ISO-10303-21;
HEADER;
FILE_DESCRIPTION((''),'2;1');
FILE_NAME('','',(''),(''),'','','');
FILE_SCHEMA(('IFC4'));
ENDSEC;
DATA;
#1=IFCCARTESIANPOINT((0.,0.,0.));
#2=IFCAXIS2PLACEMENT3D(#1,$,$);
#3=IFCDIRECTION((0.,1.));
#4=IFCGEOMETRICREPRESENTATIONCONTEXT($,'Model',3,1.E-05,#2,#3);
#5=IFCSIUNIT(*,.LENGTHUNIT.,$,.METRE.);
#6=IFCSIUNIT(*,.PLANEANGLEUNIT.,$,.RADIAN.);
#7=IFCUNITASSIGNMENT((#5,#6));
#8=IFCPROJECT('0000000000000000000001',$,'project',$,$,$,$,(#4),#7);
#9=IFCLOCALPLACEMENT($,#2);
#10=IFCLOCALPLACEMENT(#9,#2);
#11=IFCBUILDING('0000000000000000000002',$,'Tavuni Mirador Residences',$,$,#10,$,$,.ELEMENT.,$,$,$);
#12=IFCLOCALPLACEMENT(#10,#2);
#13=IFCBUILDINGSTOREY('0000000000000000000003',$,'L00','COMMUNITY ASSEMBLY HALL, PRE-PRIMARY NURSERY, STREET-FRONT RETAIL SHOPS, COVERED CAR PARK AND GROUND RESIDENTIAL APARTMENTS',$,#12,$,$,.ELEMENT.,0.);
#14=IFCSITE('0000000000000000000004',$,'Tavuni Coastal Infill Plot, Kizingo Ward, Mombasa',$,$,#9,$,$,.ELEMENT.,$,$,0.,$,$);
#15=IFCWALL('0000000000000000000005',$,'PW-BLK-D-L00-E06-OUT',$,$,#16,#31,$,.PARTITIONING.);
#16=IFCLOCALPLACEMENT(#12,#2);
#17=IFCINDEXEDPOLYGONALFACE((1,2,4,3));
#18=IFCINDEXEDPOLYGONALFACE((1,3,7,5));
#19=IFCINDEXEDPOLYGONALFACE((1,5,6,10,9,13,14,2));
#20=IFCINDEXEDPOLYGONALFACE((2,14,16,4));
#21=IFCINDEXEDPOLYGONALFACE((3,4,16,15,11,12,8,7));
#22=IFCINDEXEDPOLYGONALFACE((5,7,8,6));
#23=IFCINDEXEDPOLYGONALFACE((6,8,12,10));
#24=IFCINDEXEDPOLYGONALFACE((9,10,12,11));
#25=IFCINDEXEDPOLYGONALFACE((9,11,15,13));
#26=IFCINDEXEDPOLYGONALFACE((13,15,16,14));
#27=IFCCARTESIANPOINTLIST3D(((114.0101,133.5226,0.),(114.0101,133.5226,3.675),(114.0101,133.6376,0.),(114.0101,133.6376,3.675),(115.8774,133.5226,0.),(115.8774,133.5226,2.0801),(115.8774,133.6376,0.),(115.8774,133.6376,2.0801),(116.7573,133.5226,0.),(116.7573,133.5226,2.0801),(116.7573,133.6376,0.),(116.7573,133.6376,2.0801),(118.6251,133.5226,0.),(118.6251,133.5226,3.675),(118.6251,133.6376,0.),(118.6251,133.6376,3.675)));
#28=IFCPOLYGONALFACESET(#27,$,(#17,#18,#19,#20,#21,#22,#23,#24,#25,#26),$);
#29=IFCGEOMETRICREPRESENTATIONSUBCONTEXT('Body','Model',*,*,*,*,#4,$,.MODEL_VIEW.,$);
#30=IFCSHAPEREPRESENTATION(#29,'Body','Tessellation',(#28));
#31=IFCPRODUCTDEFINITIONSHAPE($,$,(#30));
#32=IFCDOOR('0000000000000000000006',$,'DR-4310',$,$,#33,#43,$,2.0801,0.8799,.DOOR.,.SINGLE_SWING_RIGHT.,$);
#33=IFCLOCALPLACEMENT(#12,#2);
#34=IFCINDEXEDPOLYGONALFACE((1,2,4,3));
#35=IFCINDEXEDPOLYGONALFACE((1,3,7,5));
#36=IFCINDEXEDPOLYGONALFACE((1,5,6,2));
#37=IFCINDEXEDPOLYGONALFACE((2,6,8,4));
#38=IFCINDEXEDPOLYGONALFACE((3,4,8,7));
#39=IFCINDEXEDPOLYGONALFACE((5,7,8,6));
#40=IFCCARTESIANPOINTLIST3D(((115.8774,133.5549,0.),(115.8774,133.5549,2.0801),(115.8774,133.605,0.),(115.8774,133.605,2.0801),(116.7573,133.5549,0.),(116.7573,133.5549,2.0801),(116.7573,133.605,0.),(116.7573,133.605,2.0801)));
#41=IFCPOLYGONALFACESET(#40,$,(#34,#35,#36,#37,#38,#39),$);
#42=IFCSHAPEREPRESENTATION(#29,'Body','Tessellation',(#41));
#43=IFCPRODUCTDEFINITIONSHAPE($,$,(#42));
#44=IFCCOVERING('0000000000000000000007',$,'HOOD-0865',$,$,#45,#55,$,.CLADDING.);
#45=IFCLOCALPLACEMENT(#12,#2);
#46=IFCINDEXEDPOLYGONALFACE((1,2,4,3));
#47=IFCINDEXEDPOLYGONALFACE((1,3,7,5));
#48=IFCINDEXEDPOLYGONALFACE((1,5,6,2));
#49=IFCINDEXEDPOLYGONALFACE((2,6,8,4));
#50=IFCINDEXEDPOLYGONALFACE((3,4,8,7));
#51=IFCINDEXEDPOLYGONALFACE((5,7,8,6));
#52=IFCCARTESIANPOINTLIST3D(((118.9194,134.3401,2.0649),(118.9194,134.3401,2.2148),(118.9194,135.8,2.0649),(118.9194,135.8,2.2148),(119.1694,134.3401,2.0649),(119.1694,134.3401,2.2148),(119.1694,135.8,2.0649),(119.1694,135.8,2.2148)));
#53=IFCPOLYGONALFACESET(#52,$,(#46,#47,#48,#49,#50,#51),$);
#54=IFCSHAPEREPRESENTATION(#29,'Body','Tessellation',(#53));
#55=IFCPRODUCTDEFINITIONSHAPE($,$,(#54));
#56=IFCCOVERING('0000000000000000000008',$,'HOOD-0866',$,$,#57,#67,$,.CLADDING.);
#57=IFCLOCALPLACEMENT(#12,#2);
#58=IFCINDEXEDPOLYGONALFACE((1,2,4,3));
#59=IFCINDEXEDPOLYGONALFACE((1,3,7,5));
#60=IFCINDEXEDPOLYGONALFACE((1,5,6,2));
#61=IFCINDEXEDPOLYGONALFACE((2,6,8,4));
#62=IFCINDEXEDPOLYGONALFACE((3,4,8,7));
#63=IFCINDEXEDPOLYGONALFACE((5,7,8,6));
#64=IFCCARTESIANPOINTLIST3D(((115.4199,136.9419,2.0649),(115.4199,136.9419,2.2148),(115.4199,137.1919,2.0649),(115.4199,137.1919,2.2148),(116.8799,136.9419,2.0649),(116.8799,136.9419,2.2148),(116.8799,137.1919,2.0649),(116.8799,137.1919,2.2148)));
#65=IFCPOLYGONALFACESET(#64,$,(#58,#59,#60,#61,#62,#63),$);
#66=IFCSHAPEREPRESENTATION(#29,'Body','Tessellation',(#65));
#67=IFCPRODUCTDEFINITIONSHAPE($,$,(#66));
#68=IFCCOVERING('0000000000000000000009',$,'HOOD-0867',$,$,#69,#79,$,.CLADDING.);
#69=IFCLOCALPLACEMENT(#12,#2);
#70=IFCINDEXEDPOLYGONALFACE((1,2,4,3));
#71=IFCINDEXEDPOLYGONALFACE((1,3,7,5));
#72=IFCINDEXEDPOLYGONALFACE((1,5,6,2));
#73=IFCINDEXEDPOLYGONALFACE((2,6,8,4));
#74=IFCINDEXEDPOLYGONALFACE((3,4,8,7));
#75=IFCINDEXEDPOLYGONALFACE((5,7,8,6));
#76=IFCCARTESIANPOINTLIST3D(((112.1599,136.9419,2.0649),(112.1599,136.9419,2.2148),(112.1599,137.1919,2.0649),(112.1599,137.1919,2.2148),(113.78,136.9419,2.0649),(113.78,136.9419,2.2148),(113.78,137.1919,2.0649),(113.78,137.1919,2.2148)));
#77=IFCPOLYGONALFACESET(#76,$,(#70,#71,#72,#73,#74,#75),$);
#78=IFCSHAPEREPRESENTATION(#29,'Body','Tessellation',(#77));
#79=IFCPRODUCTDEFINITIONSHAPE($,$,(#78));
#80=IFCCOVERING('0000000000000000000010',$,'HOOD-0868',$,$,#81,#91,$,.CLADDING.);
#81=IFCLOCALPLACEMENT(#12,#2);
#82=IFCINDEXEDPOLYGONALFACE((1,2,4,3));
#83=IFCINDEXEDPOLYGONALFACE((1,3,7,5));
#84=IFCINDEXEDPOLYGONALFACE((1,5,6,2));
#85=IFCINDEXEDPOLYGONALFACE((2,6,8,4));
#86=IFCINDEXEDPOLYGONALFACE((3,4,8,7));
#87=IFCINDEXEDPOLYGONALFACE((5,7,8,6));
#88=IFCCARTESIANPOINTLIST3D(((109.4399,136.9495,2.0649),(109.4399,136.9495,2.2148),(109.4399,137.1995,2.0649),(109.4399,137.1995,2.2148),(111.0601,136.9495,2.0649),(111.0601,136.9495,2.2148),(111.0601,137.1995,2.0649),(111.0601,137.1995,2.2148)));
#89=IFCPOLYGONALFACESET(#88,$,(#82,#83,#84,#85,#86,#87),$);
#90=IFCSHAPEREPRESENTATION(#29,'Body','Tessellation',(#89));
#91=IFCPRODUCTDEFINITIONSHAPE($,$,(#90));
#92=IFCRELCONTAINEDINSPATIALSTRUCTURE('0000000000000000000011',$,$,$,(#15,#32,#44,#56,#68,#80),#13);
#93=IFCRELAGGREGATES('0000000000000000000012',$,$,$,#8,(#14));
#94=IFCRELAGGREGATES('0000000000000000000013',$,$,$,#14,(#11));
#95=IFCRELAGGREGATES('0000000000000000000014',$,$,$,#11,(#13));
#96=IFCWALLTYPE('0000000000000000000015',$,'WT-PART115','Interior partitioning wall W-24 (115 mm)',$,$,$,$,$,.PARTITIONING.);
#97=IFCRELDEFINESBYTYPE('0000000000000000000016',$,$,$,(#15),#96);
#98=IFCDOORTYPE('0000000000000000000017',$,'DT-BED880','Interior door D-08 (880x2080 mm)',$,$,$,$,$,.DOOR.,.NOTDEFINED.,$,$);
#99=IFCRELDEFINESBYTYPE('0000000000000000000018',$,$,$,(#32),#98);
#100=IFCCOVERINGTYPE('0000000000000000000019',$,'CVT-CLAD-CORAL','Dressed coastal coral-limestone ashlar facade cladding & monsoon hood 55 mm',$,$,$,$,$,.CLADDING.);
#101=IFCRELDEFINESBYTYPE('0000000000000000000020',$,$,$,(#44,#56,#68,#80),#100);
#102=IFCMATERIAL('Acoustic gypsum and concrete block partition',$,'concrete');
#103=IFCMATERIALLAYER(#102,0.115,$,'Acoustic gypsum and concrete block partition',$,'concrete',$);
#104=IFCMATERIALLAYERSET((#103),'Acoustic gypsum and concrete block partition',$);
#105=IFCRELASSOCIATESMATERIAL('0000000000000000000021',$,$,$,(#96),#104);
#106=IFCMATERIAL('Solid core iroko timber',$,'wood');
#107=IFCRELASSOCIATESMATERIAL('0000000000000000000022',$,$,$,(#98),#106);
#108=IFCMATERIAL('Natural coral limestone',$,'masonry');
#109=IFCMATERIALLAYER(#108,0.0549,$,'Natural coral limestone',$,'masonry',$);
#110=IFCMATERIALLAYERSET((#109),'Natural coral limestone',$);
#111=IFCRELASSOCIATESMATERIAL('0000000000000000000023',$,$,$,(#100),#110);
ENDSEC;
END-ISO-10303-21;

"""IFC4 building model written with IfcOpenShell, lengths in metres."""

from ifc_helpers import new_model, si_unit, direction, frame, frame_2d, origin, origin_2d, place, context, subcontext, project, spatial, rectangle, extrude, material, layer, layer_set, type_object, element, fill, save


model = new_model("IFC4")

# Units and contexts
model_context = context("Model", 3, precision=1e-05, world=origin(), true_north=direction((0.0, 1.0)))
body_context = subcontext(model_context, "Body", "Model", "MODEL_VIEW")
ifc_project = project(units=[si_unit("LENGTHUNIT", "METRE"), si_unit("PLANEANGLEUNIT", "RADIAN")], contexts=[model_context])

# Site, building, storey
site_placement = place(None, origin())
site = spatial("IfcSite", under=ifc_project, at=site_placement, Name="Tavuni Coastal Infill Plot, Kizingo Ward, Mombasa", CompositionType="ELEMENT", RefElevation=0.0)
building_placement = place(site_placement, origin())
building = spatial("IfcBuilding", under=site, at=building_placement, Name="Tavuni Mirador Residences", CompositionType="ELEMENT")
storey_placement = place(building_placement, origin())
storey = spatial("IfcBuildingStorey", under=building, at=storey_placement, Name="L00", Description="COMMUNITY ASSEMBLY HALL, PRE-PRIMARY NURSERY, STREET-FRONT RETAIL SHOPS, COVERED CAR PARK AND GROUND RESIDENTIAL APARTMENTS", CompositionType="ELEMENT", Elevation=0.0)

# Wall, opening, door
ifc_material_1 = material(Name="Acoustic gypsum and concrete block partition", Category="concrete")
ifc_material_2 = material(Name="Solid core iroko timber", Category="wood")
ifc_layer_1 = layer(ifc_material_1, 0.115, Name="Acoustic gypsum and concrete block partition", Category="concrete")
ifc_layer_set_1 = layer_set([ifc_layer_1], Name="Acoustic gypsum and concrete block partition")
wall_type_1 = type_object("IfcWallType", Name="WT-PART115", Description="Interior partitioning wall W-24 (115 mm)", PredefinedType="PARTITIONING", material=ifc_layer_set_1)
wall_1_placement = place(storey_placement, frame((114.01, 133.5801, 0.0), z_axis=(0.0, 0.0, 1.0), x_axis=(1.0, 0.0, 0.0)))
wall_1 = element("IfcWall", 1, at=wall_1_placement, inside=storey, type_object=wall_type_1, Name="PW-BLK-D-L00-E06-OUT", PredefinedType="PARTITIONING", context=body_context, shape_type="SweptSolid", body=[
    extrude(rectangle(XDim=4.615, YDim=0.115, at=frame_2d((2.3076, 0.0))), origin(), (0.0, 0.0, 1.0), 3.675),
])
opening_1_placement = place(wall_1_placement, frame((1.8674, 0.0, 0.0)))
opening_1 = element("IfcOpeningElement", 2, at=opening_1_placement, cuts=wall_1, PredefinedType="OPENING", context=body_context, shape_type="SweptSolid", body=[
    extrude(rectangle(XDim=0.8799, YDim=2.0801, at=frame_2d((0.4399, 1.04))), frame((0.0, 0.0674, 0.0), z_axis=(0.0, -1.0, 0.0), x_axis=(1.0, 0.0, 0.0)), (0.0, 0.0, 1.0), 0.135),
])
door_type_1 = type_object("IfcDoorType", Name="DT-BED880", Description="Interior door D-08 (880x2080 mm)", OperationType="NOTDEFINED", PredefinedType="DOOR", material=ifc_material_2)
door_1_placement = place(opening_1_placement, origin())
door_1 = element("IfcDoor", 3, at=door_1_placement, inside=storey, type_object=door_type_1, Name="DR-4310", OperationType="SINGLE_SWING_RIGHT", OverallHeight=2.0801, OverallWidth=0.8799, PredefinedType="DOOR", context=body_context, shape_type="SweptSolid", body=[
    extrude(rectangle(XDim=0.8799, YDim=2.0801, at=frame_2d((0.4399, 1.04))), frame((0.0, 0.0249, 0.0), z_axis=(0.0, -1.0, 0.0), x_axis=(1.0, 0.0, 0.0)), (0.0, 0.0, 1.0), 0.05),
])
fill(opening_1, door_1)

# Coverings
ifc_material_3 = material(Name="Natural coral limestone", Category="masonry")
ifc_layer_2 = layer(ifc_material_3, 0.0549, Name="Natural coral limestone", Category="masonry")
ifc_layer_set_2 = layer_set([ifc_layer_2], Name="Natural coral limestone")
covering_type = type_object("IfcCoveringType", Name="CVT-CLAD-CORAL", Description="Dressed coastal coral-limestone ashlar facade cladding & monsoon hood 55 mm", PredefinedType="CLADDING", material=ifc_layer_set_2)
for number, where, z_axis, x_axis, name in (
    (4, (119.0444, 135.0701, 2.0649), (0.0, 0.0, 1.0), (0.0, 1.0, 0.0), "HOOD-0865"),
    (5, (116.1499, 137.0669, 2.0649), (0.0, 0.0, 1.0), (-1.0, 0.0, 0.0), "HOOD-0866"),
):
    element("IfcCovering", number, at=place(storey_placement, frame(where, z_axis=z_axis, x_axis=x_axis)), inside=storey, type_object=covering_type, Name=name, PredefinedType="CLADDING", context=body_context, shape_type="SweptSolid", body=[
        extrude(rectangle(XDim=1.46, YDim=0.25, at=origin_2d()), origin(), (0.0, 0.0, 1.0), 0.1499),
    ])
for number, where, z_axis, x_axis, name in (
    (6, (112.97, 137.0669, 2.0649), (0.0, 0.0, 1.0), (-1.0, 0.0, 0.0), "HOOD-0867"),
    (7, (110.25, 137.0745, 2.0649), (0.0, 0.0, 1.0), (-1.0, 0.0, 0.0), "HOOD-0868"),
):
    element("IfcCovering", number, at=place(storey_placement, frame(where, z_axis=z_axis, x_axis=x_axis)), inside=storey, type_object=covering_type, Name=name, PredefinedType="CLADDING", context=body_context, shape_type="SweptSolid", body=[
        extrude(rectangle(XDim=1.6201, YDim=0.25, at=origin_2d()), origin(), (0.0, 0.0, 1.0), 0.1499),
    ])

save(model, "model.ifc")
